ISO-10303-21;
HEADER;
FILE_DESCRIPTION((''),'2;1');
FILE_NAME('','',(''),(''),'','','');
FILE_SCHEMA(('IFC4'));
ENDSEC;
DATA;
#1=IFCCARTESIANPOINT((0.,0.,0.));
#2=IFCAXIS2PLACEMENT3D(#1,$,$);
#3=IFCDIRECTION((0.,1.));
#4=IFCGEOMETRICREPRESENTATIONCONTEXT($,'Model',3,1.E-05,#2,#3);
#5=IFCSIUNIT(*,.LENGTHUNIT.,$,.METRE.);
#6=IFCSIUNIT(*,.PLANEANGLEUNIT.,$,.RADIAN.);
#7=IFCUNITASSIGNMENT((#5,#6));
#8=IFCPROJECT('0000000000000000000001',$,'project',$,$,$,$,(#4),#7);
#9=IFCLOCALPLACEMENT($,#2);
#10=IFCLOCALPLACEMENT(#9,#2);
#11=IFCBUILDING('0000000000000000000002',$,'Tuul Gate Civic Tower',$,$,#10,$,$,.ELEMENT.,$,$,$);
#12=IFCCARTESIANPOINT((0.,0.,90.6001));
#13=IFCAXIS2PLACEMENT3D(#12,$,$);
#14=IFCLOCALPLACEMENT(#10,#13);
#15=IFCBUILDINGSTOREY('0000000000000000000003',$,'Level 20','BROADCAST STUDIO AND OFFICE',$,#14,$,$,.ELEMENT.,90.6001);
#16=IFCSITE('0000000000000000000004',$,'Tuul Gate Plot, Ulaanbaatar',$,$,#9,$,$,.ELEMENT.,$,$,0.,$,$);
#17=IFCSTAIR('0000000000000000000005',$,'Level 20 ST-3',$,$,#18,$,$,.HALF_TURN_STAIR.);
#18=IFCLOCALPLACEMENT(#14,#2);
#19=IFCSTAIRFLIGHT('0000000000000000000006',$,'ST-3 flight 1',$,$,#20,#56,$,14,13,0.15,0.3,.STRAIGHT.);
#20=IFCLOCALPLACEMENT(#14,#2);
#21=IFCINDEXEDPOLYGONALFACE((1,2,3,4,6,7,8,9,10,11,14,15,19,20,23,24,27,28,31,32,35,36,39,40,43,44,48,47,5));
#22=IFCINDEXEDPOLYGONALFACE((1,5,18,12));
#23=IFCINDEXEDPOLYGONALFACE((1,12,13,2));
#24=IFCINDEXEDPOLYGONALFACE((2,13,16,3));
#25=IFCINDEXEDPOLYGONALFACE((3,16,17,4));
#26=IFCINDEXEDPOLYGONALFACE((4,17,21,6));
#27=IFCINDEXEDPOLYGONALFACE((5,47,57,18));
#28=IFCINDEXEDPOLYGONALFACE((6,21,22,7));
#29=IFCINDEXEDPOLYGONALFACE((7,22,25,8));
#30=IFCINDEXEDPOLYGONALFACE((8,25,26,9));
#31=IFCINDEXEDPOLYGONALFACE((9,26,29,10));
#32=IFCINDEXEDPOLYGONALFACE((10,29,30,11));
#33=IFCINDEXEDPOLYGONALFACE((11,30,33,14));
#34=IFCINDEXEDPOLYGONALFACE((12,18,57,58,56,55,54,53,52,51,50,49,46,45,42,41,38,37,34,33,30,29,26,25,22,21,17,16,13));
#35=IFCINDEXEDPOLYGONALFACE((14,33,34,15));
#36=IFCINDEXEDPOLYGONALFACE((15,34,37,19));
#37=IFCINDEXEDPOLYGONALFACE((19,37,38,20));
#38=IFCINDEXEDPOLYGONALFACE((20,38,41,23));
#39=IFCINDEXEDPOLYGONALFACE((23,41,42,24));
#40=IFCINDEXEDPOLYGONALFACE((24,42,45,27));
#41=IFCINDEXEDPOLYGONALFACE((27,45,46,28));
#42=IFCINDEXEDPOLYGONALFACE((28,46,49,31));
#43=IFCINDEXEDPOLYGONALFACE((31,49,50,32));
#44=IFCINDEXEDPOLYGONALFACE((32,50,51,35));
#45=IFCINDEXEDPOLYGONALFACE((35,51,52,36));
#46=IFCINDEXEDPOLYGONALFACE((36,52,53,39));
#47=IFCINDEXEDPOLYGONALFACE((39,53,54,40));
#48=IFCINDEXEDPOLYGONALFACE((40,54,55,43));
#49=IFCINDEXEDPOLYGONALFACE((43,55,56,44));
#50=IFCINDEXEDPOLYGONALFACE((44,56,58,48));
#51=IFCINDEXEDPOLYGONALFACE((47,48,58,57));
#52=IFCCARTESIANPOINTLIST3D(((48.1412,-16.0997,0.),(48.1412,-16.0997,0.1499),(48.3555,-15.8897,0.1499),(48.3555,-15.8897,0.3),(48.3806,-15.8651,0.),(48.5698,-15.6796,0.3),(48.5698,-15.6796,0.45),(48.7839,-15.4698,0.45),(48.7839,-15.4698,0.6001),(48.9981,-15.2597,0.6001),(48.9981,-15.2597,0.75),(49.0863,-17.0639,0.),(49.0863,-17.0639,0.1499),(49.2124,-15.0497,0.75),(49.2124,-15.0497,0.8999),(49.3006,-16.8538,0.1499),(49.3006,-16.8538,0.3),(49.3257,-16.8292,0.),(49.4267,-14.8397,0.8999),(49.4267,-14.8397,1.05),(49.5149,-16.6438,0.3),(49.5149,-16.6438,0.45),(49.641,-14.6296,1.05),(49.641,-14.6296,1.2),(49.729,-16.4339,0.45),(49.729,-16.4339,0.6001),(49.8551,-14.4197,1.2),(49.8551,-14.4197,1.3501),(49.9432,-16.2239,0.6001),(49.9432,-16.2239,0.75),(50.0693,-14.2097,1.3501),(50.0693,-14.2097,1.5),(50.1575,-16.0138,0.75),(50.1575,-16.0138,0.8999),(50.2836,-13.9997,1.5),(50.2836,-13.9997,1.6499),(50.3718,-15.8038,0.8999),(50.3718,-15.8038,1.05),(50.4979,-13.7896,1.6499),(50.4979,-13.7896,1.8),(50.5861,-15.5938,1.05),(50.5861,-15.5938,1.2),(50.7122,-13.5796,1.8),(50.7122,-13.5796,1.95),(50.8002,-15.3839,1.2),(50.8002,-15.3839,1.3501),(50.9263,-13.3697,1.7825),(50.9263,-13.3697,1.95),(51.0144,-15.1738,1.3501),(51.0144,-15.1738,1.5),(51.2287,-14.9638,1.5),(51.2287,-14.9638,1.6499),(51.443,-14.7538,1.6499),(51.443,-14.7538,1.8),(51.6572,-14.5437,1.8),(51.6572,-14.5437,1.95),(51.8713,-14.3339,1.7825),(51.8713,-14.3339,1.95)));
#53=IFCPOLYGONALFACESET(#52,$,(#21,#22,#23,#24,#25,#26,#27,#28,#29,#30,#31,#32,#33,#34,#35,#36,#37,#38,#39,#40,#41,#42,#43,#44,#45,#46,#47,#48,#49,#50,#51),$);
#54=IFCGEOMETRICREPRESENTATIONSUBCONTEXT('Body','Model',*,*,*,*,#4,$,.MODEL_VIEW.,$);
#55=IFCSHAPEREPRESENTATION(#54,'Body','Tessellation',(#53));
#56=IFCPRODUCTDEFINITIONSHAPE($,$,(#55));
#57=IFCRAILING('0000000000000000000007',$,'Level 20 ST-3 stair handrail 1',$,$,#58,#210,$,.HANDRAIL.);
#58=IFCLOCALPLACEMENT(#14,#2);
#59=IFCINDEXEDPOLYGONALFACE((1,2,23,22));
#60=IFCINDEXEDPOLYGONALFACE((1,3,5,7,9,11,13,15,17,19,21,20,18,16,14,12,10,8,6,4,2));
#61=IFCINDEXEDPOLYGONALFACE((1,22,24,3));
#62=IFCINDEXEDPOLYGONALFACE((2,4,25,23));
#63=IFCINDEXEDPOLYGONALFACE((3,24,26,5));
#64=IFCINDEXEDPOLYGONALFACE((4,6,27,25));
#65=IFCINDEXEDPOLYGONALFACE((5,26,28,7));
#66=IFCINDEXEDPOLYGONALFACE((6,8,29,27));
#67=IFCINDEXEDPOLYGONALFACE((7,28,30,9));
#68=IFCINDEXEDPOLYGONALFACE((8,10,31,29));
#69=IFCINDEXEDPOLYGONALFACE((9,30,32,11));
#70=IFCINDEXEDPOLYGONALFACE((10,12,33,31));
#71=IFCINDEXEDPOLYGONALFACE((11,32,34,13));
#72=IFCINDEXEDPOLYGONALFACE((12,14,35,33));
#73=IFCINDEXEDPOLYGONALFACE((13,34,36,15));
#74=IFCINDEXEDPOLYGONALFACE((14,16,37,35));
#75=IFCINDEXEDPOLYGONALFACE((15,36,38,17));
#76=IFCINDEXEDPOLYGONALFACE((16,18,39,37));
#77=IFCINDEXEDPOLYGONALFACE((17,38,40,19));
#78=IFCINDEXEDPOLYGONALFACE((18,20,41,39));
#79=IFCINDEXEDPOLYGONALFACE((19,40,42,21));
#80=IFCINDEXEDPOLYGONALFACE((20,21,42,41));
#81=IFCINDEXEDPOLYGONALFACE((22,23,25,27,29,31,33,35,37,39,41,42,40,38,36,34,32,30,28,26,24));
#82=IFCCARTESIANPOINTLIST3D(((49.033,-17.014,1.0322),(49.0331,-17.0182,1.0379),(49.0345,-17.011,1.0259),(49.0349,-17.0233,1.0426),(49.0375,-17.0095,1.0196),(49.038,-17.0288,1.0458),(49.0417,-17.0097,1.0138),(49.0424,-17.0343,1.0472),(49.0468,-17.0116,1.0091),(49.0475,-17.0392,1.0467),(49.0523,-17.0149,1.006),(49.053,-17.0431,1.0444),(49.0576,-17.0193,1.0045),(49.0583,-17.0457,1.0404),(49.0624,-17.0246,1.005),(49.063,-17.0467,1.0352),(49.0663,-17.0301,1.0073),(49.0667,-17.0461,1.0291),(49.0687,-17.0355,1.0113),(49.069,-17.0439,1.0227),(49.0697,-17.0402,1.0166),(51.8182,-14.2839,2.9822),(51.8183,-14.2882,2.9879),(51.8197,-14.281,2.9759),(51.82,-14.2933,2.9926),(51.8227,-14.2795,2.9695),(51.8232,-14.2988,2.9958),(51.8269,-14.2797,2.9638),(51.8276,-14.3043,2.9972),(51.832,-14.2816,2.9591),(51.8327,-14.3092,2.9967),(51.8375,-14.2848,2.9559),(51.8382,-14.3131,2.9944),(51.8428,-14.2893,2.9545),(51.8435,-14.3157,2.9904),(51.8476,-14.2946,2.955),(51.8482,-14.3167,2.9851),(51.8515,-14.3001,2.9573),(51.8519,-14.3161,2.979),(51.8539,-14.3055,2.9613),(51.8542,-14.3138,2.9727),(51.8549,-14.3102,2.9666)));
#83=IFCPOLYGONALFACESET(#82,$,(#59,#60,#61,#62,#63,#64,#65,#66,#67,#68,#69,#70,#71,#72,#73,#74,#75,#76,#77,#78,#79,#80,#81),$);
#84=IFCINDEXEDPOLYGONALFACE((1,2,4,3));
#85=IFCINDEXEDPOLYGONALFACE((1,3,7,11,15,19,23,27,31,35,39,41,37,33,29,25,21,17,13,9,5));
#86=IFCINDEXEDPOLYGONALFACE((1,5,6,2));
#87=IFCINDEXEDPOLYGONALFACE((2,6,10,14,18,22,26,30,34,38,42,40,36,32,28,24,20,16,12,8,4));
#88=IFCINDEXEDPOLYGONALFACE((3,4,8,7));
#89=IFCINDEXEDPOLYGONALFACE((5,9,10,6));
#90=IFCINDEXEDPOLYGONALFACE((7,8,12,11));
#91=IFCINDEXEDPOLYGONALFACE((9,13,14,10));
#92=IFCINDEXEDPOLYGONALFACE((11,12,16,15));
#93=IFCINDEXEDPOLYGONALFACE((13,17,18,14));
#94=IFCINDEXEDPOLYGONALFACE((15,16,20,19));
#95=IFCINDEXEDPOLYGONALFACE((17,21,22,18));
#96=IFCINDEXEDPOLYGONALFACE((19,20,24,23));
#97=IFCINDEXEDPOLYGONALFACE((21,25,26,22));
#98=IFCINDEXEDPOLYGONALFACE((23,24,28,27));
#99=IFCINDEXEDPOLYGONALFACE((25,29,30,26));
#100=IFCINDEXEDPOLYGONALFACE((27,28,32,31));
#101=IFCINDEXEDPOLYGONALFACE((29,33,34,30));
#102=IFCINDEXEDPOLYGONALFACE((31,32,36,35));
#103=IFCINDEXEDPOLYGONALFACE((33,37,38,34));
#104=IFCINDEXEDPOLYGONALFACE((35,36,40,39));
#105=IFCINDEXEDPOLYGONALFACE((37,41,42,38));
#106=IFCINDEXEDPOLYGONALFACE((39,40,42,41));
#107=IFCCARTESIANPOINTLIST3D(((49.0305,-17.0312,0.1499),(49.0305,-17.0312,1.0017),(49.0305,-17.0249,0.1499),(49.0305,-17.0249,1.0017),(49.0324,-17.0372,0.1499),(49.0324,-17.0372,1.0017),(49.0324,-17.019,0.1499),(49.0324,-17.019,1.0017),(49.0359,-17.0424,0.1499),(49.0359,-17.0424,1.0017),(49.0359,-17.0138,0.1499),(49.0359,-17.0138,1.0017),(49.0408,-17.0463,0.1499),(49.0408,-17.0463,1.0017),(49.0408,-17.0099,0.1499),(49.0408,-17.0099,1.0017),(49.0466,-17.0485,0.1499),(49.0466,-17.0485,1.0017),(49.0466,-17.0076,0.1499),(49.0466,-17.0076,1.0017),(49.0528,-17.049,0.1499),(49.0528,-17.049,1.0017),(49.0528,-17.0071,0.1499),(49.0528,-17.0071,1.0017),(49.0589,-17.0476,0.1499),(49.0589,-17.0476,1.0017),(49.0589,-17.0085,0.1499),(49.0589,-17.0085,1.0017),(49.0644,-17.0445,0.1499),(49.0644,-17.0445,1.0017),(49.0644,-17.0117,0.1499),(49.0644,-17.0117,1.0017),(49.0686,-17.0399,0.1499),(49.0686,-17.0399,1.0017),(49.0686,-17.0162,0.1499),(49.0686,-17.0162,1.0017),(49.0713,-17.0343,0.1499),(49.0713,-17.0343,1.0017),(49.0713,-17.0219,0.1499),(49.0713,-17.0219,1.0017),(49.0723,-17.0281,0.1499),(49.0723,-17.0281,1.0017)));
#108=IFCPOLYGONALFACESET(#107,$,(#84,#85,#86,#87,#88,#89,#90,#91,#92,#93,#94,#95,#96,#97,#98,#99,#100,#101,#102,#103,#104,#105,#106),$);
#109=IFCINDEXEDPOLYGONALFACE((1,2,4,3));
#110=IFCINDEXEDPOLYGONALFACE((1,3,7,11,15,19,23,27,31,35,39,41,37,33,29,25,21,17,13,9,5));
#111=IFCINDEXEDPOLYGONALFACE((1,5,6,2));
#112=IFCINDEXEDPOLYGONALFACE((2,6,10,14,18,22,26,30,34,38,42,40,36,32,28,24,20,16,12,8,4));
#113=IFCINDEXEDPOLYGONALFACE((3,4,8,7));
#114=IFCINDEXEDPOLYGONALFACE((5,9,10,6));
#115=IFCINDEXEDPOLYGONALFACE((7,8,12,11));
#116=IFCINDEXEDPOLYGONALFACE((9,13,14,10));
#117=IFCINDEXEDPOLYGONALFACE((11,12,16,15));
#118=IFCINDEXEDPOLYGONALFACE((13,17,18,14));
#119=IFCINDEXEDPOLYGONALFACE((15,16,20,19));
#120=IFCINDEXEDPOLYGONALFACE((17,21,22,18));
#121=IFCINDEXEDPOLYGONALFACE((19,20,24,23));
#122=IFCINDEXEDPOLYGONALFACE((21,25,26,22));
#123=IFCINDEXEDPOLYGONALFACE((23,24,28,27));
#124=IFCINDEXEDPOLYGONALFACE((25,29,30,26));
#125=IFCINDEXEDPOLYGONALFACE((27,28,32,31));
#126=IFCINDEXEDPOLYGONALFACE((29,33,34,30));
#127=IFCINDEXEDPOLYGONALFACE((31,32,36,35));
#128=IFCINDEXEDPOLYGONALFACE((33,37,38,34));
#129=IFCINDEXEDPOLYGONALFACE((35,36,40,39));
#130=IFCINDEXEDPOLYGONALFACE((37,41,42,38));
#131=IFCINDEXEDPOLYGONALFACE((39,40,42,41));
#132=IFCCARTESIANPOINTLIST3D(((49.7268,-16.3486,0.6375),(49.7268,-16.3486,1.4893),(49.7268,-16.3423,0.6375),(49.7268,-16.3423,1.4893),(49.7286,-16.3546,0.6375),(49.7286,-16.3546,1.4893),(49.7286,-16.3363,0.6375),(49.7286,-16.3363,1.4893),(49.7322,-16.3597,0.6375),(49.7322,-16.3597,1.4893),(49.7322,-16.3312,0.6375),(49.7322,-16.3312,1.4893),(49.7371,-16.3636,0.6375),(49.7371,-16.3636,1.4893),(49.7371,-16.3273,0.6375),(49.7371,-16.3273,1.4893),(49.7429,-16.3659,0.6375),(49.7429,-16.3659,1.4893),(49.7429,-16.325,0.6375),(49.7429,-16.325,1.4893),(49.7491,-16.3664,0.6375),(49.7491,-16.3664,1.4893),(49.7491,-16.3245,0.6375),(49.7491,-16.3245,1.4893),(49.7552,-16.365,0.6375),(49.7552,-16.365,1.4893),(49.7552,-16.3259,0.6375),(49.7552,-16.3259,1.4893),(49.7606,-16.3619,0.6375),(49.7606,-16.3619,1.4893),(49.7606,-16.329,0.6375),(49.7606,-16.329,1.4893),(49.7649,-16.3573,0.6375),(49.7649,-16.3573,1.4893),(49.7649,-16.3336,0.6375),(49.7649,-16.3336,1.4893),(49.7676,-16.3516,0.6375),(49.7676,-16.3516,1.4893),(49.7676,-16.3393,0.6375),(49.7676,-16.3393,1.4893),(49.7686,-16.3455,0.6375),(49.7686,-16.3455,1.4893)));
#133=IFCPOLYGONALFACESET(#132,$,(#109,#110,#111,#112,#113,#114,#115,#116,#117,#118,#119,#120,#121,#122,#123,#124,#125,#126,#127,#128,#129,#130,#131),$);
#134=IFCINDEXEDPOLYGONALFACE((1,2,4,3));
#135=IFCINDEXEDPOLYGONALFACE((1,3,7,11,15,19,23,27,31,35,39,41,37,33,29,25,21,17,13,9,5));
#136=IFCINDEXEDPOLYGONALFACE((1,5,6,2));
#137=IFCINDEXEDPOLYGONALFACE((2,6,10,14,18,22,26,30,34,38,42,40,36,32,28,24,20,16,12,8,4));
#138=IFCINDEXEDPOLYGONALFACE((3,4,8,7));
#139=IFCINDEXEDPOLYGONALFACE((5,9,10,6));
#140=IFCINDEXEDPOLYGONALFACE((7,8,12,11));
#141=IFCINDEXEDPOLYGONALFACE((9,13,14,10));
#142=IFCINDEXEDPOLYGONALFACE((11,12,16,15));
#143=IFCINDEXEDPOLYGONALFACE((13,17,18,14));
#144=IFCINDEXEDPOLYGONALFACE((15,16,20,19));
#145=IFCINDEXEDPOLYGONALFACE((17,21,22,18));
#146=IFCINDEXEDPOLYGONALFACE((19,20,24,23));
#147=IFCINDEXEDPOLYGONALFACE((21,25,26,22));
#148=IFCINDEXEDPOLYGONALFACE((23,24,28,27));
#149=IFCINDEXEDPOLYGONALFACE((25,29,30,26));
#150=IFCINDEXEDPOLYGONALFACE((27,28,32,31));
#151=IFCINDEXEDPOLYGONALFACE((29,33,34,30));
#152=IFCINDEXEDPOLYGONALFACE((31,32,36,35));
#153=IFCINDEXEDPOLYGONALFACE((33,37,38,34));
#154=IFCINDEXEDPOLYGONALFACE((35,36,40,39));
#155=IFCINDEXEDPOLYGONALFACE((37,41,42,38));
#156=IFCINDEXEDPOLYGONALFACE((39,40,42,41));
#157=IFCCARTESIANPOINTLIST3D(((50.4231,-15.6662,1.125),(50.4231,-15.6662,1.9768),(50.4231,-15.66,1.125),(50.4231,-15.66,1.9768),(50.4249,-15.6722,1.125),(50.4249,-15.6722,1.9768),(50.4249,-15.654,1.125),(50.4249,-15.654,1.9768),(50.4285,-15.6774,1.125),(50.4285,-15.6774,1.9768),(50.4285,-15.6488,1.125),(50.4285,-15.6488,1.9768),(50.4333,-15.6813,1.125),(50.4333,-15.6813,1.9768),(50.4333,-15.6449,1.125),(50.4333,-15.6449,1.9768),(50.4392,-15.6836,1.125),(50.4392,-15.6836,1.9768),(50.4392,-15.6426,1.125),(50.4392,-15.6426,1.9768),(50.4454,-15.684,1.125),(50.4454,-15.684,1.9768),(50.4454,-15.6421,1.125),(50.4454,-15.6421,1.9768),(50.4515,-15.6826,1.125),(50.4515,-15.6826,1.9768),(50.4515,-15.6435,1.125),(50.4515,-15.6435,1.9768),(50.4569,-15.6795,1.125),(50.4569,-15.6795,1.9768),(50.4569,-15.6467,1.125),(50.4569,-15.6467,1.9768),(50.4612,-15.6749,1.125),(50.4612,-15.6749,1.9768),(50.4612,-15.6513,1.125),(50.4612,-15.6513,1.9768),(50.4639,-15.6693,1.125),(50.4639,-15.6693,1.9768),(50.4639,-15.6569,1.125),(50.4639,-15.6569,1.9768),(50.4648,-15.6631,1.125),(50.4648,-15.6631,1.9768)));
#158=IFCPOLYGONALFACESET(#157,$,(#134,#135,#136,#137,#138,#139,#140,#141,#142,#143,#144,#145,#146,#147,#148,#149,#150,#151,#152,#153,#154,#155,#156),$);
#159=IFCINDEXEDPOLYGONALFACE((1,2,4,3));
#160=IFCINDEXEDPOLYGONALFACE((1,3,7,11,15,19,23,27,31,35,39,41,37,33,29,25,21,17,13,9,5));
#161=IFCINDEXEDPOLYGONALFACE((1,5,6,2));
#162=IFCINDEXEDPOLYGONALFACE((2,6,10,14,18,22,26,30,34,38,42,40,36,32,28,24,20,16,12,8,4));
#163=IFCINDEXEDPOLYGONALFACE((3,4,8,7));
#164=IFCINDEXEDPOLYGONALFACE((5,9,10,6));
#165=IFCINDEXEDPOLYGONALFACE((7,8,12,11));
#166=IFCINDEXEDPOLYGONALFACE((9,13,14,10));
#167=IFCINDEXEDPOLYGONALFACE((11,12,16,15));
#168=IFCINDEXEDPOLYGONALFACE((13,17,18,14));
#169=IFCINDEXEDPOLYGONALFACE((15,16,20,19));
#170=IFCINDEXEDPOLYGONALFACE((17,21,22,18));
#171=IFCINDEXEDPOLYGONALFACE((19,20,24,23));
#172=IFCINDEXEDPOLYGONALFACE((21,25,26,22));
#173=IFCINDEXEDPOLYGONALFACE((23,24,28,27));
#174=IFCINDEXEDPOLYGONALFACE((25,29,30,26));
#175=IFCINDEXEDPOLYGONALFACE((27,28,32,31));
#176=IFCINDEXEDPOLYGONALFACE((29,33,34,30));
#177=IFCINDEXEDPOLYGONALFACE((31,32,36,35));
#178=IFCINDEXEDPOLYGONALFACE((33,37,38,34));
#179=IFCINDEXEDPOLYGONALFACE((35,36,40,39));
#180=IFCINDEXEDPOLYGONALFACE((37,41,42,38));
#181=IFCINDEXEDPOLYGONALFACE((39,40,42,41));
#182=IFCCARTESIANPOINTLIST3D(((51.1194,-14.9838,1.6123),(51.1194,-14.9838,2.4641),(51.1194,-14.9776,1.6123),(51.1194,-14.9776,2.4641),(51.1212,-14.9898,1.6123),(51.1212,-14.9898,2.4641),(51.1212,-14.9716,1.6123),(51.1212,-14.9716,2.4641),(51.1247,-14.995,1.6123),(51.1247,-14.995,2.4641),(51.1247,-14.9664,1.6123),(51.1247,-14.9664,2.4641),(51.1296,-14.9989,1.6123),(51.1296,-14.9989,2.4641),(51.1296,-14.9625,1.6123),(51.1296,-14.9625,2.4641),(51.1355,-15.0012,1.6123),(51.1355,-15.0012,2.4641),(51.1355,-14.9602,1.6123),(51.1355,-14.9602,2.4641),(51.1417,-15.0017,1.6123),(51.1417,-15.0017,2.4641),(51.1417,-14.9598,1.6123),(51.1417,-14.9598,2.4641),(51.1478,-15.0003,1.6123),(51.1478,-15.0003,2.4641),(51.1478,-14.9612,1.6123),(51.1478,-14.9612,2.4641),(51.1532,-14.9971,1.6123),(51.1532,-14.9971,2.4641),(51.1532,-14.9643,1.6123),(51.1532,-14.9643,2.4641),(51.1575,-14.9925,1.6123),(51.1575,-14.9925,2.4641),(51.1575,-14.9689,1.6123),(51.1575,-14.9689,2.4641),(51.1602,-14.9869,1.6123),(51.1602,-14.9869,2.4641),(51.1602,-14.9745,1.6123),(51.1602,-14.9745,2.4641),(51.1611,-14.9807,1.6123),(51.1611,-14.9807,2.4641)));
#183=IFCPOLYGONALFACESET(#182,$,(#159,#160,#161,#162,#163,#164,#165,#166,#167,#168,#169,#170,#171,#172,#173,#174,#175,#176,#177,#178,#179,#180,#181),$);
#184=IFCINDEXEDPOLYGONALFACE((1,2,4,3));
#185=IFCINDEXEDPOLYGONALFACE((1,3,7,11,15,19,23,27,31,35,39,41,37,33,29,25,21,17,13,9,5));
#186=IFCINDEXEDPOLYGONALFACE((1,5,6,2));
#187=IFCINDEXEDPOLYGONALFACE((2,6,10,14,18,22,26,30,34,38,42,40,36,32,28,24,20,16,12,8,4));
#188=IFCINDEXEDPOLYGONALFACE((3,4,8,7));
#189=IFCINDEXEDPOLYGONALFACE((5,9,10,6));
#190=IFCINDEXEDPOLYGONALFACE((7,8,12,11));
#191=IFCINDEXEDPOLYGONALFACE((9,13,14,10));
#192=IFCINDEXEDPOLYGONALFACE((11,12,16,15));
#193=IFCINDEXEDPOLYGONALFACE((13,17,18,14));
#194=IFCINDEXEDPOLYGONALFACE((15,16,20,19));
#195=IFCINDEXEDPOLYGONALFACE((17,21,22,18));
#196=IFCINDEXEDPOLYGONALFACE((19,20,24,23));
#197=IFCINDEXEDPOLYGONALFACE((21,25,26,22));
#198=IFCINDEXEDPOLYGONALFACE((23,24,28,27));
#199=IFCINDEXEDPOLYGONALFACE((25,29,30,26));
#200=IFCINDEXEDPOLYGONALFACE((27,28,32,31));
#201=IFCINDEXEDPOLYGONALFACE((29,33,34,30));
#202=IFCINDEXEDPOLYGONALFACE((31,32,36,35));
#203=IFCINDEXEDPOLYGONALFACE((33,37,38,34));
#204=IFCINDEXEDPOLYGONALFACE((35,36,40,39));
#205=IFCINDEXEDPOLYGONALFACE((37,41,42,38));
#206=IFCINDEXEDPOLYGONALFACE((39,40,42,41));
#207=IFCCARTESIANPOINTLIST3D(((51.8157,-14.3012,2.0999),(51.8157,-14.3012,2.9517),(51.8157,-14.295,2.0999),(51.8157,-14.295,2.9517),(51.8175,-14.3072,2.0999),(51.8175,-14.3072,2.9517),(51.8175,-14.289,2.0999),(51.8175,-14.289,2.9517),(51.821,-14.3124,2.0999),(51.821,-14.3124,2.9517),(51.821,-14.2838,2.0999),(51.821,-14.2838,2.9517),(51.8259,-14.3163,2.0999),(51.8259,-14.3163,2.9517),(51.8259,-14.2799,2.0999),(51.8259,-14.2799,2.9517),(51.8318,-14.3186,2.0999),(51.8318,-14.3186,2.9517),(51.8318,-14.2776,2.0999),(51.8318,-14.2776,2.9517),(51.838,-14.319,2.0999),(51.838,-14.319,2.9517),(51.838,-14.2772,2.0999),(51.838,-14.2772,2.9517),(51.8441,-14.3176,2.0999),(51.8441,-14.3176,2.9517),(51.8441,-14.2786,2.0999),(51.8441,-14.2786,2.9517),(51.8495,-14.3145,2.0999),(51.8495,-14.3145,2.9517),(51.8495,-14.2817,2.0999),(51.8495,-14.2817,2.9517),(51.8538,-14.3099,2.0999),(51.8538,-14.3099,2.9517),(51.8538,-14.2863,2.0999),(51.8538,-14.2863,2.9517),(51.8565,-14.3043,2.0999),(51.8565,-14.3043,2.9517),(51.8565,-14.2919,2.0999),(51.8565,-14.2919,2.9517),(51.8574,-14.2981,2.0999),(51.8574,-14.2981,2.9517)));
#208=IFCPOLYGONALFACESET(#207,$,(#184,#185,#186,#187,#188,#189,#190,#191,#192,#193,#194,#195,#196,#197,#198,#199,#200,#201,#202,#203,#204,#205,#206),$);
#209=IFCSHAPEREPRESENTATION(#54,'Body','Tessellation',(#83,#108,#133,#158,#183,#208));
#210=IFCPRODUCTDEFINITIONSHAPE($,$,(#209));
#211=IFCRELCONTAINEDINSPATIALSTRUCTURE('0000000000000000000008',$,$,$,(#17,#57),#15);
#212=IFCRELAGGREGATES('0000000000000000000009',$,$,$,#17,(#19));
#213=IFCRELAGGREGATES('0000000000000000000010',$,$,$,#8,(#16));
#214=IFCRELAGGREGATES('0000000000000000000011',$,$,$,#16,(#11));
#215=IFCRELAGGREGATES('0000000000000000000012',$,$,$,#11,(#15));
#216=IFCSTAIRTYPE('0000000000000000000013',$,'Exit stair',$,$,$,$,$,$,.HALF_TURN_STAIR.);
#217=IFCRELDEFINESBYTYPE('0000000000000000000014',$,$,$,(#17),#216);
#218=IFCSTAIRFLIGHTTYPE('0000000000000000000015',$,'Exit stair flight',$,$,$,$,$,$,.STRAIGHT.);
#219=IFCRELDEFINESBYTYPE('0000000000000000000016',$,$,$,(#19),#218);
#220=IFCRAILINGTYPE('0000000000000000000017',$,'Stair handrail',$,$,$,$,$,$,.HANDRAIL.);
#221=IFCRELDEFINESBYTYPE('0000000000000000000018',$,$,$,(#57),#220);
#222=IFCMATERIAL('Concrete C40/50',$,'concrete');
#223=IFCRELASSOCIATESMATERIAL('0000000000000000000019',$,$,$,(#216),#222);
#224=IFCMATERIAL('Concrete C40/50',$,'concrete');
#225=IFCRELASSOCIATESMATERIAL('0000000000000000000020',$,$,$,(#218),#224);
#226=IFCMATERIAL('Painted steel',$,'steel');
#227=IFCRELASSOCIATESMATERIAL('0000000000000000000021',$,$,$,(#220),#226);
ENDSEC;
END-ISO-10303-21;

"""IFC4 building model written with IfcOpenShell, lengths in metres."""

from ifc_helpers import new_model, si_unit, direction, frame, origin, origin_2d, place, context, subcontext, project, spatial, polyline, circle, outline, extrude, material, type_object, element, aggregate, save


model = new_model("IFC4")

# Units and contexts
model_context = context("Model", 3, precision=1e-05, world=origin(), true_north=direction((0.0, 1.0)))
body_context = subcontext(model_context, "Body", "Model", "MODEL_VIEW")
ifc_project = project(units=[si_unit("LENGTHUNIT", "METRE"), si_unit("PLANEANGLEUNIT", "RADIAN")], contexts=[model_context])

# Site, building, storey
site_placement = place(None, origin())
site = spatial("IfcSite", under=ifc_project, at=site_placement, Name="Tuul Gate Plot, Ulaanbaatar", CompositionType="ELEMENT", RefElevation=0.0)
building_placement = place(site_placement, origin())
building = spatial("IfcBuilding", under=site, at=building_placement, Name="Tuul Gate Civic Tower", CompositionType="ELEMENT")
storey_placement = place(building_placement, frame((0.0, 0.0, 90.6001)))
storey = spatial("IfcBuildingStorey", under=building, at=storey_placement, Name="Level 20", Description="BROADCAST STUDIO AND OFFICE", CompositionType="ELEMENT", Elevation=90.6001)

# Stair, stair flight
ifc_material_1 = material(Name="Concrete C40/50", Category="concrete")
stair_type = type_object("IfcStairType", Name="Exit stair", PredefinedType="HALF_TURN_STAIR", material=ifc_material_1)
stair_placement = place(storey_placement, origin())
stair = element("IfcStair", 1, at=stair_placement, inside=storey, type_object=stair_type, Name="Level 20 ST-3", PredefinedType="HALF_TURN_STAIR")
ifc_material_2 = material(Name="Concrete C40/50", Category="concrete")
stair_flight_type = type_object("IfcStairFlightType", Name="Exit stair flight", PredefinedType="STRAIGHT", material=ifc_material_2)
stair_flight_placement = place(storey_placement, frame((48.6138, -16.5818, 0.0), z_axis=(0.0, 0.0, 1.0), x_axis=(0.714127, 0.700016, 0.0)))
stair_flight = element("IfcStairFlight", 2, at=stair_flight_placement, type_object=stair_flight_type, Name="ST-3 flight 1", NumberOfRisers=14, NumberOfTreads=13, PredefinedType="STRAIGHT", RiserHeight=0.15, TreadLength=0.3, context=body_context, shape_type="SweptSolid", body=[
    extrude(outline(polyline([(0.0, 0.0), (0.0, 0.1499), (0.3, 0.1499), (0.3, 0.3), (0.6001, 0.3), (0.6001, 0.45), (0.8999, 0.45), (0.8999, 0.6001), (1.2, 0.6001), (1.2, 0.75), (1.5, 0.75), (1.5, 0.8999), (1.8, 0.8999), (1.8, 1.05), (2.1001, 1.05), (2.1001, 1.2), (2.3999, 1.2), (2.3999, 1.3501), (2.7, 1.3501), (2.7, 1.5), (3.0, 1.5), (3.0, 1.6499), (3.3, 1.6499), (3.3, 1.8), (3.6001, 1.8), (3.6001, 1.95), (3.8999, 1.95), (3.8999, 2.1001), (3.8999, 1.7825), (0.3352, 0.0), (0.0, 0.0)])), frame((0.0, 0.675, 0.0), z_axis=(0.0, -1.0, 0.0), x_axis=(1.0, 0.0, 0.0)), (0.0, 0.0, 1.0), 1.3501),
])
aggregate(stair, [stair_flight])

# Railing
ifc_material_3 = material(Name="Painted steel", Category="steel")
railing_type_1 = type_object("IfcRailingType", Name="Stair handrail", PredefinedType="HANDRAIL", material=ifc_material_3)
railing_1_placement = place(storey_placement, frame((49.0513, -17.0281, 0.1499)))
element("IfcRailing", 3, at=railing_1_placement, inside=storey, type_object=railing_type_1, Name="Level 20 ST-3 stair handrail 1", PredefinedType="HANDRAIL", context=body_context, shape_type="SweptSolid", body=[
    extrude(circle(Radius=0.0239, at=origin_2d()), frame((0.0, 0.0, 0.876), z_axis=(0.638754, 0.6261, 0.447206), x_axis=(-0.699998, 0.714145, 0.0)), (0.0, 0.0, 1.0), 4.3604),
    extrude(circle(Radius=0.021, at=origin_2d()), origin(), (0.0, 0.0, 1.0), 0.8518),
    extrude(circle(Radius=0.021, at=origin_2d()), frame((0.6963, 0.6826, 0.4875)), (0.0, 0.0, 1.0), 0.8518),
    extrude(circle(Radius=0.021, at=origin_2d()), frame((1.3926, 1.365, 0.9751)), (0.0, 0.0, 1.0), 0.8518),
    extrude(circle(Radius=0.021, at=origin_2d()), frame((2.0889, 2.0474, 1.4624)), (0.0, 0.0, 1.0), 0.8518),
    extrude(circle(Radius=0.021, at=origin_2d()), frame((2.7852, 2.73, 1.95)), (0.0, 0.0, 1.0), 0.8518),
])

save(model, "model.ifc")
